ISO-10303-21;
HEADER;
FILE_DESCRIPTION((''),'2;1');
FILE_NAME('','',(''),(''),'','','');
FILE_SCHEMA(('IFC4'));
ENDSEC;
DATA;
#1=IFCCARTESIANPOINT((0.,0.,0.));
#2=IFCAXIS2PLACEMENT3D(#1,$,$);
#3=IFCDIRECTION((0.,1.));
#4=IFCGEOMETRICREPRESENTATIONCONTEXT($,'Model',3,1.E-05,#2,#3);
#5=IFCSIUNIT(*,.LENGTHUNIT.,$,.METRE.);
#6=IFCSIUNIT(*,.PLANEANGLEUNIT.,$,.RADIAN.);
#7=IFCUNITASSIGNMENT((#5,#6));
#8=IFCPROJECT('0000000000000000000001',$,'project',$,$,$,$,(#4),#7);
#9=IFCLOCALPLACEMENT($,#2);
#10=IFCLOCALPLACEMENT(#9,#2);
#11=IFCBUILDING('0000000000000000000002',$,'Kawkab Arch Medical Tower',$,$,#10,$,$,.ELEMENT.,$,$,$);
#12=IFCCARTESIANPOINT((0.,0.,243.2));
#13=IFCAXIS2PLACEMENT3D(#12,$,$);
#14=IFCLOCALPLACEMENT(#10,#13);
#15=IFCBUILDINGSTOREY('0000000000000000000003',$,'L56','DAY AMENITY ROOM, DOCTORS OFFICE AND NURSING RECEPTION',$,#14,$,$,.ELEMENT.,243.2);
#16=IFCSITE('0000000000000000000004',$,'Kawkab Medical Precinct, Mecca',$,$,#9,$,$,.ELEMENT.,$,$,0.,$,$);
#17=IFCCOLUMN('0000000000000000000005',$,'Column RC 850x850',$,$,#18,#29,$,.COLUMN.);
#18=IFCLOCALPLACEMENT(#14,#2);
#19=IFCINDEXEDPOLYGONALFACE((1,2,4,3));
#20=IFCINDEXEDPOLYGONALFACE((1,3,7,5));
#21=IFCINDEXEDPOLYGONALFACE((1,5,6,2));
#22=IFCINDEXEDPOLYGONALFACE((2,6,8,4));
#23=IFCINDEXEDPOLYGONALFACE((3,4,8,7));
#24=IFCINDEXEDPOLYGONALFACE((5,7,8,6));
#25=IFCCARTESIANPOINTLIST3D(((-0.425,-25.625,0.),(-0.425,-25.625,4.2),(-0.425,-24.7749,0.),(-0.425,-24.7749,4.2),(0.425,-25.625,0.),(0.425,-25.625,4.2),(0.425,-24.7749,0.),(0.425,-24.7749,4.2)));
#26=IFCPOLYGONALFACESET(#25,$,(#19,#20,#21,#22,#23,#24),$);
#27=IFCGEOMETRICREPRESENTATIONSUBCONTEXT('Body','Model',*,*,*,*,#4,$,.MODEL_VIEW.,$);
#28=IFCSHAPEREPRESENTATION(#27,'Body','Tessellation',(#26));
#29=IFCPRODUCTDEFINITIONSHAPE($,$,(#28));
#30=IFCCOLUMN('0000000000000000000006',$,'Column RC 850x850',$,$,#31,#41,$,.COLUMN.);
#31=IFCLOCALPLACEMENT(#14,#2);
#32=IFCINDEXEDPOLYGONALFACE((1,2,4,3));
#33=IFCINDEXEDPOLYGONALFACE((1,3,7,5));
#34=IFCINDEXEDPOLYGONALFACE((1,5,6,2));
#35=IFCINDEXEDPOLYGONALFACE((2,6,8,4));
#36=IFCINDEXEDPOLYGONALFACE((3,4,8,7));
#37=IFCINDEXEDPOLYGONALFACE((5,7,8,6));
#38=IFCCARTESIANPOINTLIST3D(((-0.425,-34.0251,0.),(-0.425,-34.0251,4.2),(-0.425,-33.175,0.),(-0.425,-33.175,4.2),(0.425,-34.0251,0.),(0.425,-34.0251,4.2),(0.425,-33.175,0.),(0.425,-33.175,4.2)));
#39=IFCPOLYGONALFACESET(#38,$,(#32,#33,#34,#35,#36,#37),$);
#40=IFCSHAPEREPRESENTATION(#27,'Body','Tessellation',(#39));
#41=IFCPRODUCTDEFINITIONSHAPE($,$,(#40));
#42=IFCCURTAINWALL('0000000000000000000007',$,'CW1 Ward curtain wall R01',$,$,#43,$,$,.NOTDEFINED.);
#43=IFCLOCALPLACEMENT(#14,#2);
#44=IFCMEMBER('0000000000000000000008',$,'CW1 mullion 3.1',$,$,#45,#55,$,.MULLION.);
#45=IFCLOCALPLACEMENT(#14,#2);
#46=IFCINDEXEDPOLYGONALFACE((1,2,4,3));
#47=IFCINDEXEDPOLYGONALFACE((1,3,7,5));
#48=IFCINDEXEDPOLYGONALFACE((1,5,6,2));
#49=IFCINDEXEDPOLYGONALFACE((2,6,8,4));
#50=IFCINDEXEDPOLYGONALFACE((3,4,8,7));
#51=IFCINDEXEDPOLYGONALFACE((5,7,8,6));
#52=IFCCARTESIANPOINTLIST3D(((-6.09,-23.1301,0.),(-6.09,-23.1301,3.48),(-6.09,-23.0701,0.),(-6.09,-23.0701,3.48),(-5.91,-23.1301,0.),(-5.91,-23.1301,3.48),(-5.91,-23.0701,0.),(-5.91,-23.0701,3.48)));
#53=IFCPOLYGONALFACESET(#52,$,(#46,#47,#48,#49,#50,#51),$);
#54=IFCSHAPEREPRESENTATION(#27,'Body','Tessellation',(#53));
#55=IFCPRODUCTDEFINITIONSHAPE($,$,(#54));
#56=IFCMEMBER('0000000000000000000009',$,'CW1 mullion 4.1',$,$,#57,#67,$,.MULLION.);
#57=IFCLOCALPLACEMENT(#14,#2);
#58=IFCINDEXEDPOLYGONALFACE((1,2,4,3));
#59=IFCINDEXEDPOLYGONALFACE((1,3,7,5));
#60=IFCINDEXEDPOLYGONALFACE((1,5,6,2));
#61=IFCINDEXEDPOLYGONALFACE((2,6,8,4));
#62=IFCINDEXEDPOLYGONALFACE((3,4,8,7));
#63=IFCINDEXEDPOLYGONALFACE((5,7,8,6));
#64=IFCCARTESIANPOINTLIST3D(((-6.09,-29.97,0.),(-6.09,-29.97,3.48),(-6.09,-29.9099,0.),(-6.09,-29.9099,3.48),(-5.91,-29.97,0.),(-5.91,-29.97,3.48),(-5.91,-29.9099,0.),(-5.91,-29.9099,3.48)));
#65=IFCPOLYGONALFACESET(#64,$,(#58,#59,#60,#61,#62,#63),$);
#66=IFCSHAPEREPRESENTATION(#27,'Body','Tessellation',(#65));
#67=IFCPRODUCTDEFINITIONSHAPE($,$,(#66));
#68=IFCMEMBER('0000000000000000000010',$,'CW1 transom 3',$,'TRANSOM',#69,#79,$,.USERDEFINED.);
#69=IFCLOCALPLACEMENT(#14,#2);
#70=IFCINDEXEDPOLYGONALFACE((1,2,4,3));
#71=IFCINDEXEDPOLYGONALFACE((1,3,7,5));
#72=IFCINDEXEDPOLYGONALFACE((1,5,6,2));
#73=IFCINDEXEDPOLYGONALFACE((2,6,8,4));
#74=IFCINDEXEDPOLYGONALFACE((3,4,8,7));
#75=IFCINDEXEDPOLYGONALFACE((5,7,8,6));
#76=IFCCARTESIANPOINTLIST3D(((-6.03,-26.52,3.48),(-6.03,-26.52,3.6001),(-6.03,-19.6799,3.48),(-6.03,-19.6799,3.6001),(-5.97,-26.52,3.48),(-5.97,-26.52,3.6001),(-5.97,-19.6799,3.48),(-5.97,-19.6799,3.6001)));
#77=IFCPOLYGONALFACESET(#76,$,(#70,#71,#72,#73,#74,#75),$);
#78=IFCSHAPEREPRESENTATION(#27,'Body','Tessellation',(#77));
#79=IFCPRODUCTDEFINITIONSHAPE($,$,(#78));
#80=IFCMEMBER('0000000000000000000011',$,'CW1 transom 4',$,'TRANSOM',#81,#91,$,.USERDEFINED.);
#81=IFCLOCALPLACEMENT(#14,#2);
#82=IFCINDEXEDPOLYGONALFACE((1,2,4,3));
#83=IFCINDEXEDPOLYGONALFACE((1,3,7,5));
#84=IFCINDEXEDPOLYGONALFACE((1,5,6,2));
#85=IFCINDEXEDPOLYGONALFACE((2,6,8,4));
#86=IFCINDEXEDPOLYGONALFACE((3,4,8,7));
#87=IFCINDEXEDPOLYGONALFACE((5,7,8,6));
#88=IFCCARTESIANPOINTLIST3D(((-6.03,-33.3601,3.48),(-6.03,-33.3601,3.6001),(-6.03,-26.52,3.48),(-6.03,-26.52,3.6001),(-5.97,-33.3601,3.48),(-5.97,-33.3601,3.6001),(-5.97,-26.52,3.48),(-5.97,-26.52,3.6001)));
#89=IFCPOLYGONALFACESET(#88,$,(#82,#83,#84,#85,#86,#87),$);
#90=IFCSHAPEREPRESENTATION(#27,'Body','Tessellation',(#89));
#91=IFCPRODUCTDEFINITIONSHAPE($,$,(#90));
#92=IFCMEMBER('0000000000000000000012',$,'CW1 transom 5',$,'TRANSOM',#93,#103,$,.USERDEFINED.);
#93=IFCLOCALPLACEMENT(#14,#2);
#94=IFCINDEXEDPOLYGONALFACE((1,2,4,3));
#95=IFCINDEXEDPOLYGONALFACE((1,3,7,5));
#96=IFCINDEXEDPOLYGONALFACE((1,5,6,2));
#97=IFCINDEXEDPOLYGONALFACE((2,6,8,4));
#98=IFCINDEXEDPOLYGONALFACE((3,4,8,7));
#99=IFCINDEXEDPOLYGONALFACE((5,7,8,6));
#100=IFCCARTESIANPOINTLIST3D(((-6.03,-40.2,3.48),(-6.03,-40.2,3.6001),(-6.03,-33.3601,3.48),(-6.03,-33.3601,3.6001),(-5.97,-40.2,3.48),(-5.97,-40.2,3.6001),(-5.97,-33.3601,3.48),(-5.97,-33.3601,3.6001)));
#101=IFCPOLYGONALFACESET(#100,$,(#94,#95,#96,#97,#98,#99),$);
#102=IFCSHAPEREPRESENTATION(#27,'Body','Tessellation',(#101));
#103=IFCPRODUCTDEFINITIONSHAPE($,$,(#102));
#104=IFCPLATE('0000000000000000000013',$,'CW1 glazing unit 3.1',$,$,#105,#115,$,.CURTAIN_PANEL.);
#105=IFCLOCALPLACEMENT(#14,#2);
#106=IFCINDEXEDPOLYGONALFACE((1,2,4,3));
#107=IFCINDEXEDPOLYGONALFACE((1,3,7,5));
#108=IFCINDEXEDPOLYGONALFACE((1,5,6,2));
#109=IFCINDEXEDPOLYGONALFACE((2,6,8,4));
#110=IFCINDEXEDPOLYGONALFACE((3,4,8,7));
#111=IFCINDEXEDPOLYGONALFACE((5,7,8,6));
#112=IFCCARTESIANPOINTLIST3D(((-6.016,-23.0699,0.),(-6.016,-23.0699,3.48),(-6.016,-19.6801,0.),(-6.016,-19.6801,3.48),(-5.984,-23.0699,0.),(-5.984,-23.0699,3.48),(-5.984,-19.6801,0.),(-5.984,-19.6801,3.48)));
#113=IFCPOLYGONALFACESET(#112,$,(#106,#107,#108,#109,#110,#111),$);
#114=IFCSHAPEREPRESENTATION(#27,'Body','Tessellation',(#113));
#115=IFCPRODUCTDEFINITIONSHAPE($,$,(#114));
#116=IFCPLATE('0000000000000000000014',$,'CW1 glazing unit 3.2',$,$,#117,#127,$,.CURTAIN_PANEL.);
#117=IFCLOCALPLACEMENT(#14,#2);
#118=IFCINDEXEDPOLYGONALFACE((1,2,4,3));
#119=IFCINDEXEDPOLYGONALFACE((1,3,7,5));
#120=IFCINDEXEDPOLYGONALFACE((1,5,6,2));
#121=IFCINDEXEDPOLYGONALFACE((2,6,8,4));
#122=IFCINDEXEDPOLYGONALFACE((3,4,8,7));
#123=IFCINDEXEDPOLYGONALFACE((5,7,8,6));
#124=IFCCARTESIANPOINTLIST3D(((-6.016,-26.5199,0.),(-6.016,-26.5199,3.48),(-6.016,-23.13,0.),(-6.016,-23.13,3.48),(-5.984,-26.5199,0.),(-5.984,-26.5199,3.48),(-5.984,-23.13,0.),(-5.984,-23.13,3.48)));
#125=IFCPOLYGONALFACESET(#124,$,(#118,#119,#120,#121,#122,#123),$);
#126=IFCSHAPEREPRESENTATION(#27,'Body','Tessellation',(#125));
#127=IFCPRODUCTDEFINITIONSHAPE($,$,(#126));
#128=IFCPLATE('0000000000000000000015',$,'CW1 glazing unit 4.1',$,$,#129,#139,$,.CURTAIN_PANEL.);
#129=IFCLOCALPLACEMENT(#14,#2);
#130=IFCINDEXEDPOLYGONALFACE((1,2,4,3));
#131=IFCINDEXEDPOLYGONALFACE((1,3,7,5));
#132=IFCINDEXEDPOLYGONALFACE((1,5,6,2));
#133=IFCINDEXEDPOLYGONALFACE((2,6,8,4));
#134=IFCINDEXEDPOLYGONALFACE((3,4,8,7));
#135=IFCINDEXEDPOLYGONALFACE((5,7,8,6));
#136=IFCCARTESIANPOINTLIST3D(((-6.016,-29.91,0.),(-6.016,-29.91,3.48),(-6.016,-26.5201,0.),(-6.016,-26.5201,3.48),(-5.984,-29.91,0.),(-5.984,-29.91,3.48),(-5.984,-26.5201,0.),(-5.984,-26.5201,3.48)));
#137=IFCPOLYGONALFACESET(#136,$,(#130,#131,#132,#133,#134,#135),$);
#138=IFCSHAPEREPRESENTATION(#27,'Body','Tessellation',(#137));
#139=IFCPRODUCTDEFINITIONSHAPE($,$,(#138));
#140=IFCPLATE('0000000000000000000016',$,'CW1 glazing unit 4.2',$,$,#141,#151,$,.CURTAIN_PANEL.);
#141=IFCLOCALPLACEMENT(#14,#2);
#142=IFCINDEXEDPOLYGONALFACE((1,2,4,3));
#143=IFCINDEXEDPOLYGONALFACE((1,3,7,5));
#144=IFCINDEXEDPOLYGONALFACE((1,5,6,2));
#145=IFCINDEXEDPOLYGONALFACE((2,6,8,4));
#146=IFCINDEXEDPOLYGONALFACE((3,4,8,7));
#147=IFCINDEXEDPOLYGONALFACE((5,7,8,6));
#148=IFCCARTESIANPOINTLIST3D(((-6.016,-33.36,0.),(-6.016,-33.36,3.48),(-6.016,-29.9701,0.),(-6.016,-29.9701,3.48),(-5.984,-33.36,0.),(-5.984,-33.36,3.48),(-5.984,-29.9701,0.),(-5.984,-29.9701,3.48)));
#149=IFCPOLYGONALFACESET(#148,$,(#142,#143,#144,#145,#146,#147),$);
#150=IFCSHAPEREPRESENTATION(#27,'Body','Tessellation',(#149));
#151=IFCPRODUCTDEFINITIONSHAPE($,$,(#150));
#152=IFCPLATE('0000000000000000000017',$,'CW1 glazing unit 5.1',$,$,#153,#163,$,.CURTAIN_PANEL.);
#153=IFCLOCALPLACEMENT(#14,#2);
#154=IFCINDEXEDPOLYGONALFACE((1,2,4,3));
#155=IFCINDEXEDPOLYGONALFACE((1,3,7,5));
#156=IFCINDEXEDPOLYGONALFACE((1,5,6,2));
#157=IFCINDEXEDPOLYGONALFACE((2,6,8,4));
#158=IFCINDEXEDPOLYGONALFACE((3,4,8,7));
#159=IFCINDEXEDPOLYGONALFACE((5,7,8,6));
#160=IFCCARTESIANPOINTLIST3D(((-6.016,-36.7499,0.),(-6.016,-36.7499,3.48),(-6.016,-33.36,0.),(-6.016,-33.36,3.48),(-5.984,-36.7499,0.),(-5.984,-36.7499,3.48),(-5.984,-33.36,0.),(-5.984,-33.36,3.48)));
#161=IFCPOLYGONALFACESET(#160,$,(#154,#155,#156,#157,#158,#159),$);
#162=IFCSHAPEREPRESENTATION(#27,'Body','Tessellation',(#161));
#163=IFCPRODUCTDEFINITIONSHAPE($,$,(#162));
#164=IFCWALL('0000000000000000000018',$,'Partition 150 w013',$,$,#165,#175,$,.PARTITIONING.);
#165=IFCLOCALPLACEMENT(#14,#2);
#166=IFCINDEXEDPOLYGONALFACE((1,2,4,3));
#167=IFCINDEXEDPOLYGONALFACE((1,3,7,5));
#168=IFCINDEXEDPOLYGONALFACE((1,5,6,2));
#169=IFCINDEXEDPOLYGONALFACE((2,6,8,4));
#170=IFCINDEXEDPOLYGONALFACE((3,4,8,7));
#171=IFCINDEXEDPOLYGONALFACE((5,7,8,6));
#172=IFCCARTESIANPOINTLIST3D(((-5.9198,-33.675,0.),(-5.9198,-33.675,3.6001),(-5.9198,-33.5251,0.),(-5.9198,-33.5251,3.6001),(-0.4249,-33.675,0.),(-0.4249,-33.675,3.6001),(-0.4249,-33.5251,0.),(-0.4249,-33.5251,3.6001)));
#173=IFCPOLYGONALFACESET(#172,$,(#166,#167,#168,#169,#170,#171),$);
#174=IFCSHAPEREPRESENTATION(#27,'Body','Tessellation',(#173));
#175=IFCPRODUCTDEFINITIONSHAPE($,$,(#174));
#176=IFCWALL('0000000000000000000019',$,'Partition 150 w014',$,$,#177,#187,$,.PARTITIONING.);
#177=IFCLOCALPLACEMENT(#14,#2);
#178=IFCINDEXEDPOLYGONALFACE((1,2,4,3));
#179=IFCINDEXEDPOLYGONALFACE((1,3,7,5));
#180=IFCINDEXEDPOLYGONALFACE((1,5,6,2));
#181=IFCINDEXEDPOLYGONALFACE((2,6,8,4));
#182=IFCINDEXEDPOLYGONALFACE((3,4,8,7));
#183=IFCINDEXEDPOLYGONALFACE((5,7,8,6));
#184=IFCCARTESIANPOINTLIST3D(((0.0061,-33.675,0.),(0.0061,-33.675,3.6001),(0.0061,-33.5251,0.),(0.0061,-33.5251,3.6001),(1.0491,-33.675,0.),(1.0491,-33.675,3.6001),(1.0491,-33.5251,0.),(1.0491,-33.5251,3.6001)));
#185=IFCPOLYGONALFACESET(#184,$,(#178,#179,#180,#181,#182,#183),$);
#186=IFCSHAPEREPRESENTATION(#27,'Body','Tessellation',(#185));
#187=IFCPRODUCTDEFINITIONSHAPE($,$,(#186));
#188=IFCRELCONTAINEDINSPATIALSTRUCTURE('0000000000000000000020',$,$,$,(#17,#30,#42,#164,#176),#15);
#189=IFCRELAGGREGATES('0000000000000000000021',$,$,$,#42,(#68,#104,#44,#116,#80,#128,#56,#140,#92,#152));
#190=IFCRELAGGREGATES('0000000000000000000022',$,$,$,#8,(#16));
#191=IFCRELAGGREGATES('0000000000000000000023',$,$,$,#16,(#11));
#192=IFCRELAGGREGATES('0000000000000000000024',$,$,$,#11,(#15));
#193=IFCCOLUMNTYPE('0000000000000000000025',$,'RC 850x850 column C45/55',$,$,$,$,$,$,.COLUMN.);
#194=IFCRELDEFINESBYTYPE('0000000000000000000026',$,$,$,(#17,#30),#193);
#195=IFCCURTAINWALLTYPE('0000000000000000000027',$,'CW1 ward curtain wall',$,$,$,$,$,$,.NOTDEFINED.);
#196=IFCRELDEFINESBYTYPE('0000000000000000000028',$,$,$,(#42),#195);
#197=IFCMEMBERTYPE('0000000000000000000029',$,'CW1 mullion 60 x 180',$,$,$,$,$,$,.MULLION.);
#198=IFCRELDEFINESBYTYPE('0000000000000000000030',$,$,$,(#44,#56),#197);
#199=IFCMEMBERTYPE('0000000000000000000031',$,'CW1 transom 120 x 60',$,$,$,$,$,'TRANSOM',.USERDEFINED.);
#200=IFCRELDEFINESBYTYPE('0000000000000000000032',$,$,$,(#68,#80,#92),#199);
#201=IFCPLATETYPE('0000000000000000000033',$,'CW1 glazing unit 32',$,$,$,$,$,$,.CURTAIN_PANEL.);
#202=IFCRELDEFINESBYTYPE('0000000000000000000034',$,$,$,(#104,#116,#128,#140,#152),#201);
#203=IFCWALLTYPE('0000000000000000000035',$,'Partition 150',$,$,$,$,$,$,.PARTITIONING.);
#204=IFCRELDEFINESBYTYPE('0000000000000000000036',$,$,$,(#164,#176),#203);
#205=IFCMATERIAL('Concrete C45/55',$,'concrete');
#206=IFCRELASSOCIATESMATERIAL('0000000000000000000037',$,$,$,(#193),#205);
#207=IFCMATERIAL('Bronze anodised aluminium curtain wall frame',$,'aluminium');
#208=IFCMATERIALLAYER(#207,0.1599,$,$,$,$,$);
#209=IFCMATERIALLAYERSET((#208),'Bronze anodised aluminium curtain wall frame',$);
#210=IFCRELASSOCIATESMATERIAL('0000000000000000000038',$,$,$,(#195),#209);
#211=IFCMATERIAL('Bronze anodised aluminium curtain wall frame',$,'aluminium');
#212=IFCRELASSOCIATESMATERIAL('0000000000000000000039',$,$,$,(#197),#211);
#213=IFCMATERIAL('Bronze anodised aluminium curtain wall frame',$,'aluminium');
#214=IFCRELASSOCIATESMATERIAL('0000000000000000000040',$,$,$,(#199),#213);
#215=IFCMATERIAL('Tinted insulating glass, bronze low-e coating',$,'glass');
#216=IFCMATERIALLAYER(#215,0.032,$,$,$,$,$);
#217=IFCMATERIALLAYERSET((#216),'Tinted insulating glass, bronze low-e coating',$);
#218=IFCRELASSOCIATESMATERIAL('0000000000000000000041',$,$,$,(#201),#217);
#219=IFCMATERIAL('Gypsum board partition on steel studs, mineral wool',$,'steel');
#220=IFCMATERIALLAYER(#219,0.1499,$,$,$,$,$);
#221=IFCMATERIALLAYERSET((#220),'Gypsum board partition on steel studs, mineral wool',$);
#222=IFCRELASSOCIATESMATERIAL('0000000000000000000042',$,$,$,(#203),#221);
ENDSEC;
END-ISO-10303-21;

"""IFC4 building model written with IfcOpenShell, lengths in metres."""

from ifc_helpers import new_model, si_unit, direction, frame, frame_2d, origin, origin_2d, place, context, subcontext, project, spatial, rectangle, extrude, material, layer, layer_set, material_profile, profile_set, type_object, element, aggregate, save


model = new_model("IFC4")

# Units and contexts
model_context = context("Model", 3, precision=1e-05, world=origin(), true_north=direction((0.0, 1.0)))
body_context = subcontext(model_context, "Body", "Model", "MODEL_VIEW")
ifc_project = project(units=[si_unit("LENGTHUNIT", "METRE"), si_unit("PLANEANGLEUNIT", "RADIAN")], contexts=[model_context])

# Site, building, storey
site_placement = place(None, origin())
site = spatial("IfcSite", under=ifc_project, at=site_placement, Name="Kawkab Medical Precinct, Mecca", CompositionType="ELEMENT", RefElevation=0.0)
building_placement = place(site_placement, origin())
building = spatial("IfcBuilding", under=site, at=building_placement, Name="Kawkab Arch Medical Tower", CompositionType="ELEMENT")
storey_placement = place(building_placement, frame((0.0, 0.0, 243.2)))
storey = spatial("IfcBuildingStorey", under=building, at=storey_placement, Name="L56", Description="DAY AMENITY ROOM, DOCTORS OFFICE AND NURSING RECEPTION", CompositionType="ELEMENT", Elevation=243.2)

# Columns
ifc_material_1 = material(Name="Concrete C45/55", Category="concrete")
ifc_material_profile_1 = material_profile(ifc_material_1, rectangle(XDim=0.8501, YDim=0.8501, at=origin_2d()), Name="RC 850x850")
ifc_profile_set_1 = profile_set([ifc_material_profile_1], Name="Concrete C45/55")
column_type = type_object("IfcColumnType", Name="RC 850x850 column C45/55", PredefinedType="COLUMN", material=ifc_profile_set_1)
for number, where, z_axis, x_axis, name in (
    (1, (0.0, -25.2, 0.0), (0.0, 0.0, 1.0), (1.0, 0.0, 0.0), "Column RC 850x850"),
    (2, (0.0, -33.6001, 0.0), (0.0, 0.0, 1.0), (1.0, 0.0, 0.0), "Column RC 850x850"),
):
    element("IfcColumn", number, at=place(storey_placement, frame(where, z_axis=z_axis, x_axis=x_axis)), inside=storey, type_object=column_type, Name=name, PredefinedType="COLUMN", context=body_context, shape_type="SweptSolid", body=[
        extrude(rectangle(XDim=0.8501, YDim=0.8501, at=origin_2d()), origin(), (0.0, 0.0, 1.0), 4.2),
    ])

# Curtain wall, members, plates
ifc_material_2 = material(Name="Bronze anodised aluminium curtain wall frame", Category="aluminium")
ifc_layer_1 = layer(ifc_material_2, 0.1599)
ifc_layer_set_1 = layer_set([ifc_layer_1], Name="Bronze anodised aluminium curtain wall frame")
curtain_wall_type = type_object("IfcCurtainWallType", Name="CW1 ward curtain wall", PredefinedType="NOTDEFINED", material=ifc_layer_set_1)
curtain_wall_placement = place(storey_placement, origin())
curtain_wall = element("IfcCurtainWall", 3, at=curtain_wall_placement, inside=storey, type_object=curtain_wall_type, Name="CW1 Ward curtain wall R01", PredefinedType="NOTDEFINED")
ifc_material_3 = material(Name="Bronze anodised aluminium curtain wall frame", Category="aluminium")
ifc_material_profile_2 = material_profile(ifc_material_3, rectangle(XDim=0.1799, YDim=0.0601, at=origin_2d()), Name="AL 60x180")
ifc_profile_set_2 = profile_set([ifc_material_profile_2], Name="Bronze anodised aluminium curtain wall frame")
member_type_1 = type_object("IfcMemberType", Name="CW1 mullion 60 x 180", PredefinedType="MULLION", material=ifc_profile_set_2)
member_1_placement = place(storey_placement, frame((-6.0, -23.1001, 0.0), z_axis=(0.0, 0.0, 1.0), x_axis=(1.0, 0.0, 0.0)))
member_1 = element("IfcMember", 4, at=member_1_placement, type_object=member_type_1, Name="CW1 mullion 3.1", PredefinedType="MULLION", context=body_context, shape_type="SweptSolid", body=[
    extrude(rectangle(XDim=0.1799, YDim=0.0601, at=origin_2d()), origin(), (0.0, 0.0, 1.0), 3.48),
])
member_2_placement = place(storey_placement, frame((-6.0, -29.9399, 0.0), z_axis=(0.0, 0.0, 1.0), x_axis=(1.0, 0.0, 0.0)))
member_2 = element("IfcMember", 5, at=member_2_placement, type_object=member_type_1, Name="CW1 mullion 4.1", PredefinedType="MULLION", context=body_context, shape_type="SweptSolid", body=[
    extrude(rectangle(XDim=0.1799, YDim=0.0601, at=origin_2d()), origin(), (0.0, 0.0, 1.0), 3.48),
])
ifc_material_4 = material(Name="Bronze anodised aluminium curtain wall frame", Category="aluminium")
ifc_material_profile_3 = material_profile(ifc_material_4, rectangle(XDim=0.0601, YDim=0.1201, at=origin_2d()), Name="AL 60x120")
ifc_profile_set_3 = profile_set([ifc_material_profile_3], Name="Bronze anodised aluminium curtain wall frame")
member_type_2 = type_object("IfcMemberType", Name="CW1 transom 120 x 60", ElementType="TRANSOM", PredefinedType="USERDEFINED", material=ifc_profile_set_3)
member_3_placement = place(storey_placement, frame((-6.0, -19.6799, 3.54), z_axis=(0.0, -1.0, 0.0), x_axis=(1.0, 0.0, 0.0)))
member_3 = element("IfcMember", 6, at=member_3_placement, type_object=member_type_2, Name="CW1 transom 3", ObjectType="TRANSOM", PredefinedType="USERDEFINED", context=body_context, shape_type="SweptSolid", body=[
    extrude(rectangle(XDim=0.0601, YDim=0.1201, at=origin_2d()), origin(), (0.0, 0.0, 1.0), 6.8401),
])
member_4_placement = place(storey_placement, frame((-6.0, -26.52, 3.54), z_axis=(0.0, -1.0, 0.0), x_axis=(1.0, 0.0, 0.0)))
member_4 = element("IfcMember", 7, at=member_4_placement, type_object=member_type_2, Name="CW1 transom 4", ObjectType="TRANSOM", PredefinedType="USERDEFINED", context=body_context, shape_type="SweptSolid", body=[
    extrude(rectangle(XDim=0.0601, YDim=0.1201, at=origin_2d()), origin(), (0.0, 0.0, 1.0), 6.8401),
])
member_5_placement = place(storey_placement, frame((-6.0, -33.3601, 3.54), z_axis=(0.0, -1.0, 0.0), x_axis=(1.0, 0.0, 0.0)))
member_5 = element("IfcMember", 8, at=member_5_placement, type_object=member_type_2, Name="CW1 transom 5", ObjectType="TRANSOM", PredefinedType="USERDEFINED", context=body_context, shape_type="SweptSolid", body=[
    extrude(rectangle(XDim=0.0601, YDim=0.1201, at=origin_2d()), origin(), (0.0, 0.0, 1.0), 6.8398),
])
ifc_material_5 = material(Name="Tinted insulating glass, bronze low-e coating", Category="glass")
ifc_layer_2 = layer(ifc_material_5, 0.032)
ifc_layer_set_2 = layer_set([ifc_layer_2], Name="Tinted insulating glass, bronze low-e coating")
plate_type = type_object("IfcPlateType", Name="CW1 glazing unit 32", PredefinedType="CURTAIN_PANEL", material=ifc_layer_set_2)
plate_1_placement = place(storey_placement, frame((-6.0, -21.375, 0.0), z_axis=(0.0, 0.0, 1.0), x_axis=(0.0, -1.0, 0.0)))
plate_1 = element("IfcPlate", 9, at=plate_1_placement, type_object=plate_type, Name="CW1 glazing unit 3.1", PredefinedType="CURTAIN_PANEL", context=body_context, shape_type="SweptSolid", body=[
    extrude(rectangle(XDim=3.3899, YDim=0.032, at=origin_2d()), origin(), (0.0, 0.0, 1.0), 3.48),
])
plate_2_placement = place(storey_placement, frame((-6.0, -24.825, 0.0), z_axis=(0.0, 0.0, 1.0), x_axis=(0.0, -1.0, 0.0)))
plate_2 = element("IfcPlate", 10, at=plate_2_placement, type_object=plate_type, Name="CW1 glazing unit 3.2", PredefinedType="CURTAIN_PANEL", context=body_context, shape_type="SweptSolid", body=[
    extrude(rectangle(XDim=3.3899, YDim=0.032, at=origin_2d()), origin(), (0.0, 0.0, 1.0), 3.48),
])
plate_3_placement = place(storey_placement, frame((-6.0, -28.2151, 0.0), z_axis=(0.0, 0.0, 1.0), x_axis=(0.0, -1.0, 0.0)))
plate_3 = element("IfcPlate", 11, at=plate_3_placement, type_object=plate_type, Name="CW1 glazing unit 4.1", PredefinedType="CURTAIN_PANEL", context=body_context, shape_type="SweptSolid", body=[
    extrude(rectangle(XDim=3.3899, YDim=0.032, at=origin_2d()), origin(), (0.0, 0.0, 1.0), 3.48),
])
plate_4_placement = place(storey_placement, frame((-6.0, -31.665, 0.0), z_axis=(0.0, 0.0, 1.0), x_axis=(0.0, -1.0, 0.0)))
plate_4 = element("IfcPlate", 12, at=plate_4_placement, type_object=plate_type, Name="CW1 glazing unit 4.2", PredefinedType="CURTAIN_PANEL", context=body_context, shape_type="SweptSolid", body=[
    extrude(rectangle(XDim=3.3899, YDim=0.032, at=origin_2d()), origin(), (0.0, 0.0, 1.0), 3.48),
])
plate_5_placement = place(storey_placement, frame((-6.0, -35.0549, 0.0), z_axis=(0.0, 0.0, 1.0), x_axis=(0.0, -1.0, 0.0)))
plate_5 = element("IfcPlate", 13, at=plate_5_placement, type_object=plate_type, Name="CW1 glazing unit 5.1", PredefinedType="CURTAIN_PANEL", context=body_context, shape_type="SweptSolid", body=[
    extrude(rectangle(XDim=3.3899, YDim=0.032, at=origin_2d()), origin(), (0.0, 0.0, 1.0), 3.48),
])
aggregate(curtain_wall, [member_3, plate_1, member_1, plate_2, member_4, plate_3, member_2, plate_4, member_5, plate_5])

# Walls
ifc_material_6 = material(Name="Gypsum board partition on steel studs, mineral wool", Category="steel")
ifc_layer_3 = layer(ifc_material_6, 0.1499)
ifc_layer_set_3 = layer_set([ifc_layer_3], Name="Gypsum board partition on steel studs, mineral wool")
wall_type_1 = type_object("IfcWallType", Name="Partition 150", PredefinedType="PARTITIONING", material=ifc_layer_set_3)
wall_1_placement = place(storey_placement, frame((-5.9199, -33.6001, 0.0), z_axis=(0.0, 0.0, 1.0), x_axis=(1.0, 0.0, 0.0)))
element("IfcWall", 14, at=wall_1_placement, inside=storey, type_object=wall_type_1, Name="Partition 150 w013", PredefinedType="PARTITIONING", context=body_context, shape_type="SweptSolid", body=[
    extrude(rectangle(XDim=5.4949, YDim=0.1499, at=frame_2d((2.7476, 0.0))), origin(), (0.0, 0.0, 1.0), 3.6001),
])
wall_2_placement = place(storey_placement, frame((0.0061, -33.6001, 0.0), z_axis=(0.0, 0.0, 1.0), x_axis=(1.0, 0.0, 0.0)))
element("IfcWall", 15, at=wall_2_placement, inside=storey, type_object=wall_type_1, Name="Partition 150 w014", PredefinedType="PARTITIONING", context=body_context, shape_type="SweptSolid", body=[
    extrude(rectangle(XDim=1.043, YDim=0.1499, at=frame_2d((0.5215, 0.0))), origin(), (0.0, 0.0, 1.0), 3.6001),
])

save(model, "model.ifc")
